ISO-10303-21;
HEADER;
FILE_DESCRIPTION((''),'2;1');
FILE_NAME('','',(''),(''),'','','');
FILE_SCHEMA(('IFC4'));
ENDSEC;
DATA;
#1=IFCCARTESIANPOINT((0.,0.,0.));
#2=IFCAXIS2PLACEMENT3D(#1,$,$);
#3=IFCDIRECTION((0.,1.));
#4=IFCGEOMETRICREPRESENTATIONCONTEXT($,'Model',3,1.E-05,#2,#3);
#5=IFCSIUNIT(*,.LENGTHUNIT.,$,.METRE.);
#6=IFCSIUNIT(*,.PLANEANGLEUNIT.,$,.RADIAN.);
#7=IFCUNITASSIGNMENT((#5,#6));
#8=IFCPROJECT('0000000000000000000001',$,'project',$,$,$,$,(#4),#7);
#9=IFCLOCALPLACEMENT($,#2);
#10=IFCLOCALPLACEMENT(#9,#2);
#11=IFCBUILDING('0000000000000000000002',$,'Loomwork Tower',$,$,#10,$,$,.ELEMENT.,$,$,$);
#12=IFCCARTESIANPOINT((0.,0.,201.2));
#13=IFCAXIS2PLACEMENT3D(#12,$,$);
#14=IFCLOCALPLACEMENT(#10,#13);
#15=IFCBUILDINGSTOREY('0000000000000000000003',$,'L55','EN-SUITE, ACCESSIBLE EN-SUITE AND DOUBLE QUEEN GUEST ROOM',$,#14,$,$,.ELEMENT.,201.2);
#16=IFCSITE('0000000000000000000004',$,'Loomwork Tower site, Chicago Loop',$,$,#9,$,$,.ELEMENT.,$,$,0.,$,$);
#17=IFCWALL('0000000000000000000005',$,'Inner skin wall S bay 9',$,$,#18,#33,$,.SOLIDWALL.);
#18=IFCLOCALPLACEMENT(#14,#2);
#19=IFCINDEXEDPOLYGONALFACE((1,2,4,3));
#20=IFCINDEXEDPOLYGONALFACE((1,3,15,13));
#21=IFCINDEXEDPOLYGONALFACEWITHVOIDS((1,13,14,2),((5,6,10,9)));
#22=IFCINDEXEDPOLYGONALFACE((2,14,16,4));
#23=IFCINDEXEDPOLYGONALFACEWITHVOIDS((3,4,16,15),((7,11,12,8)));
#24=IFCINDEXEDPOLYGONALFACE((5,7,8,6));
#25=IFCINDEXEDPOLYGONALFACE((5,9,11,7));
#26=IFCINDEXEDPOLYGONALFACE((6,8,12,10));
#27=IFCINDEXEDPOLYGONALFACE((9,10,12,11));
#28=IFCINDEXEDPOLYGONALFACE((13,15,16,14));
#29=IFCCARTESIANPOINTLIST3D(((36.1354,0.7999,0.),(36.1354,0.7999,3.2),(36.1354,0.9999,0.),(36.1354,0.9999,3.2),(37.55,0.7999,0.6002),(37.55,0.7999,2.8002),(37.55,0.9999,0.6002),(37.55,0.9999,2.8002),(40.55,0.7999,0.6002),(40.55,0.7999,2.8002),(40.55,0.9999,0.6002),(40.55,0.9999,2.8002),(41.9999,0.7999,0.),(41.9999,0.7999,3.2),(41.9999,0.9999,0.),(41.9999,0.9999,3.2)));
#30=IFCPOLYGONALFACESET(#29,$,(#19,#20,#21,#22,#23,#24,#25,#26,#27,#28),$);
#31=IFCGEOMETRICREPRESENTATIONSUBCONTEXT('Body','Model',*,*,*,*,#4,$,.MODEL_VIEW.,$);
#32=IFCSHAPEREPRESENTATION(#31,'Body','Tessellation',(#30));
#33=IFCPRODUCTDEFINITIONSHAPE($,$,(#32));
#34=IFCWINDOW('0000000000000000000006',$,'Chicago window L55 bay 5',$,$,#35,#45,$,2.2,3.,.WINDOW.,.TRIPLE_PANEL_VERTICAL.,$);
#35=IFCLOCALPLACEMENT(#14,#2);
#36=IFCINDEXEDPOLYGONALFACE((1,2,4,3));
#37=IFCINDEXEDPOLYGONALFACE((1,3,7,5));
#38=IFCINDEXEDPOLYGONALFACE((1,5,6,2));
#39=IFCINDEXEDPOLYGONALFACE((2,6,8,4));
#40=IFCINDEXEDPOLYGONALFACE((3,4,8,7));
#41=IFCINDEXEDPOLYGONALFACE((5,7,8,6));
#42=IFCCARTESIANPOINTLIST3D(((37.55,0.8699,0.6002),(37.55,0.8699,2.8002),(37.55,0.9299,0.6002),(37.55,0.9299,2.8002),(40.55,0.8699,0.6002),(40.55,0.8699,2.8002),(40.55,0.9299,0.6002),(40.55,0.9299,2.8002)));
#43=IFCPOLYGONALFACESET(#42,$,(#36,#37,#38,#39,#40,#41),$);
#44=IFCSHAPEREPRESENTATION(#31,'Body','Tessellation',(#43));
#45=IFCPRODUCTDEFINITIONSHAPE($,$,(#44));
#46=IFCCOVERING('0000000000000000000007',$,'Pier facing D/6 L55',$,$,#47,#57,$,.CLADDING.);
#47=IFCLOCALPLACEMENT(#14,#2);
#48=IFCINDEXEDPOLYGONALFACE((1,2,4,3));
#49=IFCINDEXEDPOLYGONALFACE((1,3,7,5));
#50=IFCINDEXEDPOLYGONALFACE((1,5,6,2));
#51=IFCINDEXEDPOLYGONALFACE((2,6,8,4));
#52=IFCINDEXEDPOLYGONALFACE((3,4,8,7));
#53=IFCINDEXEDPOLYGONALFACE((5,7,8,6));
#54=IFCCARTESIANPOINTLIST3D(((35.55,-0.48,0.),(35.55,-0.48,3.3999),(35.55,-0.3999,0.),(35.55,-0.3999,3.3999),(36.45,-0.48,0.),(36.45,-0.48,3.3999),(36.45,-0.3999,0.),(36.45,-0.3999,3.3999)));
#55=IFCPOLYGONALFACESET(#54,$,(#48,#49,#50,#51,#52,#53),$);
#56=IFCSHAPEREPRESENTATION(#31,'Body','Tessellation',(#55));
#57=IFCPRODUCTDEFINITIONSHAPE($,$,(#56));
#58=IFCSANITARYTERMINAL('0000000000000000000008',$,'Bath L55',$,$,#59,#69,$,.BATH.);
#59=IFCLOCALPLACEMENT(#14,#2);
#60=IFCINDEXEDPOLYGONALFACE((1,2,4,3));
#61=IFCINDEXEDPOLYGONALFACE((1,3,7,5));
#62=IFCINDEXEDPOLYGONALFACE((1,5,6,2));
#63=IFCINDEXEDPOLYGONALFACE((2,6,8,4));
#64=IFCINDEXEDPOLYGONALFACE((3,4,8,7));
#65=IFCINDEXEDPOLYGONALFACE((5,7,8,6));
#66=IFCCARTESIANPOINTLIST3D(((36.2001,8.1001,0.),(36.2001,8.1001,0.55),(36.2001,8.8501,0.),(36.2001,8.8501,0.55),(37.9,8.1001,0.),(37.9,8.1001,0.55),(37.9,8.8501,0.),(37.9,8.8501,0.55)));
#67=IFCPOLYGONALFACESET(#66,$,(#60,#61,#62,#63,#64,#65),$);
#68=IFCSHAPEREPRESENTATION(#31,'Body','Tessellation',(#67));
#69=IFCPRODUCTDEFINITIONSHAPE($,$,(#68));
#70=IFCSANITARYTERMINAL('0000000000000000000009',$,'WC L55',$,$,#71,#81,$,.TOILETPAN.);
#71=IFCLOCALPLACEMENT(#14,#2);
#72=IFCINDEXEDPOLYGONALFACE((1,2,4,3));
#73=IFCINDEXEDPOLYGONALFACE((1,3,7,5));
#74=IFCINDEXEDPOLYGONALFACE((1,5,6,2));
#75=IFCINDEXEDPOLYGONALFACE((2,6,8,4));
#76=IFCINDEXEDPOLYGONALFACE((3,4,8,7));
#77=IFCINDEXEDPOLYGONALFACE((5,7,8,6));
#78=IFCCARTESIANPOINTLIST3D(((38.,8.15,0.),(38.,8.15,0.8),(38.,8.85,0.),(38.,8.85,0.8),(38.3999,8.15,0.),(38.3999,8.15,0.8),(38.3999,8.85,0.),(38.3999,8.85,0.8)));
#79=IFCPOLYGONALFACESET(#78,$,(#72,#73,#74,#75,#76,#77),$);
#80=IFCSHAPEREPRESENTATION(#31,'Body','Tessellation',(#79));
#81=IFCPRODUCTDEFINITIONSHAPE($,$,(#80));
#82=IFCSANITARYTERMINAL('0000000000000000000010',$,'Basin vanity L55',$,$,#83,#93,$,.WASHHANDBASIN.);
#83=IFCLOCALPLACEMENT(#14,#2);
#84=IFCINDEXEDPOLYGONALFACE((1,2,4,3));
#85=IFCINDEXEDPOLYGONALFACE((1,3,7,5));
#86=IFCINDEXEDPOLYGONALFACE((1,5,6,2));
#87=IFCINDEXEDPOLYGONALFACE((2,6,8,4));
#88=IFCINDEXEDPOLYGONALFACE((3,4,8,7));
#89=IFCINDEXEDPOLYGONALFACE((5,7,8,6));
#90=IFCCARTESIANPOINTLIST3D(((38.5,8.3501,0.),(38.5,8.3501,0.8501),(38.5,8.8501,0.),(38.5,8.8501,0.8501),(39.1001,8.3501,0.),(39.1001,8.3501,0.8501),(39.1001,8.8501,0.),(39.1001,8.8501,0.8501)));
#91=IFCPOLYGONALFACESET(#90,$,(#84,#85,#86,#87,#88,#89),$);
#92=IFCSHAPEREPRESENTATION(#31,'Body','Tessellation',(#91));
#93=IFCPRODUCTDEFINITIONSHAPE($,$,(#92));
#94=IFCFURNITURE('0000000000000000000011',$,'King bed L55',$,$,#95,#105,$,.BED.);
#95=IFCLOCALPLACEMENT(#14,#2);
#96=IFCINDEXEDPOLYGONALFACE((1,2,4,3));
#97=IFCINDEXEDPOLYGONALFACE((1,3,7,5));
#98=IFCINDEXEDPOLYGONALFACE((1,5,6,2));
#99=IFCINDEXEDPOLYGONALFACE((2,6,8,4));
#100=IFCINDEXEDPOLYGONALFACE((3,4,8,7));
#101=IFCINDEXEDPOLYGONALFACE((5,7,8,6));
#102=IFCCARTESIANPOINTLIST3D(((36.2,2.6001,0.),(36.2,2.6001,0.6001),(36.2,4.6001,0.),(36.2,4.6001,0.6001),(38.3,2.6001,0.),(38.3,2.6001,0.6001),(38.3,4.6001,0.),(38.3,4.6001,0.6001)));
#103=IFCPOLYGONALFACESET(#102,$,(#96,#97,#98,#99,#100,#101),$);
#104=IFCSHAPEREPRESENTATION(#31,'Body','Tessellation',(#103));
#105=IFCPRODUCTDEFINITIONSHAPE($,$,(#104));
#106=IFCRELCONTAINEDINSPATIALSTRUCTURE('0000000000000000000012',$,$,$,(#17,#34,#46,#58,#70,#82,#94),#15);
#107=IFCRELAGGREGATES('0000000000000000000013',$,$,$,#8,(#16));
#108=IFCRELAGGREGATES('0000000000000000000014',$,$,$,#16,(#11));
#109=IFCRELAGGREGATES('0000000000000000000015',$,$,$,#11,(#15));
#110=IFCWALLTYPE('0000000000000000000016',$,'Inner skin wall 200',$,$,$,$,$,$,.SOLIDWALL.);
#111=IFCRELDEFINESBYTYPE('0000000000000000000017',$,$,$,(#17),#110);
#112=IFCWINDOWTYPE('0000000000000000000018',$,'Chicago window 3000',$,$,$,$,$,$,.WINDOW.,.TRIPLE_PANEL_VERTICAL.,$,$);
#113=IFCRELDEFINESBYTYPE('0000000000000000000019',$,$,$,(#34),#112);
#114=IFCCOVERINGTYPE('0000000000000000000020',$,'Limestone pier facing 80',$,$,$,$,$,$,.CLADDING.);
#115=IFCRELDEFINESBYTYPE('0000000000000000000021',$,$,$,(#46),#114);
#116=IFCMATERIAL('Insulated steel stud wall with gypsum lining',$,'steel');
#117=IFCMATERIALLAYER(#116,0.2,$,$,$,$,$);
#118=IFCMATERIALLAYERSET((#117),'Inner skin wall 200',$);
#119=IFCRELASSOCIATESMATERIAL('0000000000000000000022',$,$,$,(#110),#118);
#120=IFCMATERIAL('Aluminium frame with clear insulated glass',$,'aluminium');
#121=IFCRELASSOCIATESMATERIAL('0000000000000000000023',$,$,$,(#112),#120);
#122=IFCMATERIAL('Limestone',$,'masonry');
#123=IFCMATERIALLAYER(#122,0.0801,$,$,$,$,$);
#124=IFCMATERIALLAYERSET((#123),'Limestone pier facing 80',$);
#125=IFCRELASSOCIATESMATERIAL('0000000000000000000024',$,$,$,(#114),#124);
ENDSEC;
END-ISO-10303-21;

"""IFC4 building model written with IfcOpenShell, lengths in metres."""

from ifc_helpers import new_model, si_unit, direction, frame, frame_2d, origin, origin_2d, place, context, subcontext, project, spatial, rectangle, extrude, material, layer, layer_set, type_object, element, fill, save


model = new_model("IFC4")

# Units and contexts
model_context = context("Model", 3, precision=1e-05, world=origin(), true_north=direction((0.0, 1.0)))
body_context = subcontext(model_context, "Body", "Model", "MODEL_VIEW")
ifc_project = project(units=[si_unit("LENGTHUNIT", "METRE"), si_unit("PLANEANGLEUNIT", "RADIAN")], contexts=[model_context])

# Site, building, storey
site_placement = place(None, origin())
site = spatial("IfcSite", under=ifc_project, at=site_placement, Name="Loomwork Tower site, Chicago Loop", CompositionType="ELEMENT", RefElevation=0.0)
building_placement = place(site_placement, origin())
building = spatial("IfcBuilding", under=site, at=building_placement, Name="Loomwork Tower", CompositionType="ELEMENT")
storey_placement = place(building_placement, frame((0.0, 0.0, 201.2)))
storey = spatial("IfcBuildingStorey", under=building, at=storey_placement, Name="L55", Description="EN-SUITE, ACCESSIBLE EN-SUITE AND DOUBLE QUEEN GUEST ROOM", CompositionType="ELEMENT", Elevation=201.2)

# Shared definitions
ifc_material_1 = material(Name="Insulated steel stud wall with gypsum lining", Category="steel")
ifc_layer_1 = layer(ifc_material_1, 0.2)
ifc_layer_set_1 = layer_set([ifc_layer_1], Name="Inner skin wall 200")
wall_type_1 = type_object("IfcWallType", Name="Inner skin wall 200", PredefinedType="SOLIDWALL", material=ifc_layer_set_1)

# Wall, opening, window
wall_1_placement = place(storey_placement, frame((36.1355, 0.8999, 0.0), z_axis=(0.0, 0.0, 1.0), x_axis=(1.0, 0.0, 0.0)))
wall_1 = element("IfcWall", 1, at=wall_1_placement, inside=storey, type_object=wall_type_1, Name="Inner skin wall S bay 9", PredefinedType="SOLIDWALL", context=body_context, shape_type="SweptSolid", body=[
    extrude(rectangle(XDim=5.8645, YDim=0.2, at=frame_2d((2.9321, 0.0))), origin(), (0.0, 0.0, 1.0), 3.2),
])
opening_1_placement = place(wall_1_placement, frame((1.4146, 0.0, 0.6001)))
opening_1 = element("IfcOpeningElement", 2, at=opening_1_placement, cuts=wall_1, PredefinedType="OPENING", context=body_context, shape_type="SweptSolid", body=[
    extrude(rectangle(XDim=3.0, YDim=2.2, at=frame_2d((1.5, 1.1001))), frame((0.0, 0.1099, 0.0), z_axis=(0.0, -1.0, 0.0), x_axis=(1.0, 0.0, 0.0)), (0.0, 0.0, 1.0), 0.22),
])
ifc_material_2 = material(Name="Aluminium frame with clear insulated glass", Category="aluminium")
window_type = type_object("IfcWindowType", Name="Chicago window 3000", PartitioningType="TRIPLE_PANEL_VERTICAL", PredefinedType="WINDOW", material=ifc_material_2)
window_placement = place(opening_1_placement, origin())
window = element("IfcWindow", 3, at=window_placement, inside=storey, type_object=window_type, Name="Chicago window L55 bay 5", OverallHeight=2.2, OverallWidth=3.0, PartitioningType="TRIPLE_PANEL_VERTICAL", PredefinedType="WINDOW", context=body_context, shape_type="SweptSolid", body=[
    extrude(rectangle(XDim=3.0, YDim=2.2, at=frame_2d((1.5, 1.1001))), frame((0.0, 0.03, 0.0), z_axis=(0.0, -1.0, 0.0), x_axis=(1.0, 0.0, 0.0)), (0.0, 0.0, 1.0), 0.0601),
])
fill(opening_1, window)

# Covering
ifc_material_3 = material(Name="Limestone", Category="masonry")
ifc_layer_2 = layer(ifc_material_3, 0.0801)
ifc_layer_set_2 = layer_set([ifc_layer_2], Name="Limestone pier facing 80")
covering_type = type_object("IfcCoveringType", Name="Limestone pier facing 80", PredefinedType="CLADDING", material=ifc_layer_set_2)
covering_placement = place(storey_placement, frame((36.0, -0.4399, 0.0), z_axis=(0.0, 0.0, 1.0), x_axis=(1.0, 0.0, 0.0)))
element("IfcCovering", 4, at=covering_placement, inside=storey, type_object=covering_type, Name="Pier facing D/6 L55", PredefinedType="CLADDING", context=body_context, shape_type="SweptSolid", body=[
    extrude(rectangle(XDim=0.8999, YDim=0.0801, at=origin_2d()), origin(), (0.0, 0.0, 1.0), 3.3999),
])

# Sanitary terminals
sanitary_terminal_1_placement = place(storey_placement, frame((37.05, 8.4751, 0.0), z_axis=(0.0, 0.0, 1.0), x_axis=(1.0, 0.0, 0.0)))
element("IfcSanitaryTerminal", 5, at=sanitary_terminal_1_placement, inside=storey, Name="Bath L55", PredefinedType="BATH", context=body_context, shape_type="SweptSolid", body=[
    extrude(rectangle(XDim=1.7, YDim=0.75, at=origin_2d()), origin(), (0.0, 0.0, 1.0), 0.55),
])
sanitary_terminal_2_placement = place(storey_placement, frame((38.2, 8.5, 0.0), z_axis=(0.0, 0.0, 1.0), x_axis=(1.0, 0.0, 0.0)))
element("IfcSanitaryTerminal", 6, at=sanitary_terminal_2_placement, inside=storey, Name="WC L55", PredefinedType="TOILETPAN", context=body_context, shape_type="SweptSolid", body=[
    extrude(rectangle(XDim=0.3999, YDim=0.7, at=origin_2d()), origin(), (0.0, 0.0, 1.0), 0.8),
])
sanitary_terminal_3_placement = place(storey_placement, frame((38.8, 8.6001, 0.0), z_axis=(0.0, 0.0, 1.0), x_axis=(1.0, 0.0, 0.0)))
element("IfcSanitaryTerminal", 7, at=sanitary_terminal_3_placement, inside=storey, Name="Basin vanity L55", PredefinedType="WASHHANDBASIN", context=body_context, shape_type="SweptSolid", body=[
    extrude(rectangle(XDim=0.6001, YDim=0.5, at=origin_2d()), origin(), (0.0, 0.0, 1.0), 0.8501),
])

# Furniture
furniture_placement = place(storey_placement, frame((37.25, 3.6001, 0.0), z_axis=(0.0, 0.0, 1.0), x_axis=(1.0, 0.0, 0.0)))
element("IfcFurniture", 8, at=furniture_placement, inside=storey, Name="King bed L55", PredefinedType="BED", context=body_context, shape_type="SweptSolid", body=[
    extrude(rectangle(XDim=2.1001, YDim=2.0, at=origin_2d()), origin(), (0.0, 0.0, 1.0), 0.6001),
])

save(model, "model.ifc")
